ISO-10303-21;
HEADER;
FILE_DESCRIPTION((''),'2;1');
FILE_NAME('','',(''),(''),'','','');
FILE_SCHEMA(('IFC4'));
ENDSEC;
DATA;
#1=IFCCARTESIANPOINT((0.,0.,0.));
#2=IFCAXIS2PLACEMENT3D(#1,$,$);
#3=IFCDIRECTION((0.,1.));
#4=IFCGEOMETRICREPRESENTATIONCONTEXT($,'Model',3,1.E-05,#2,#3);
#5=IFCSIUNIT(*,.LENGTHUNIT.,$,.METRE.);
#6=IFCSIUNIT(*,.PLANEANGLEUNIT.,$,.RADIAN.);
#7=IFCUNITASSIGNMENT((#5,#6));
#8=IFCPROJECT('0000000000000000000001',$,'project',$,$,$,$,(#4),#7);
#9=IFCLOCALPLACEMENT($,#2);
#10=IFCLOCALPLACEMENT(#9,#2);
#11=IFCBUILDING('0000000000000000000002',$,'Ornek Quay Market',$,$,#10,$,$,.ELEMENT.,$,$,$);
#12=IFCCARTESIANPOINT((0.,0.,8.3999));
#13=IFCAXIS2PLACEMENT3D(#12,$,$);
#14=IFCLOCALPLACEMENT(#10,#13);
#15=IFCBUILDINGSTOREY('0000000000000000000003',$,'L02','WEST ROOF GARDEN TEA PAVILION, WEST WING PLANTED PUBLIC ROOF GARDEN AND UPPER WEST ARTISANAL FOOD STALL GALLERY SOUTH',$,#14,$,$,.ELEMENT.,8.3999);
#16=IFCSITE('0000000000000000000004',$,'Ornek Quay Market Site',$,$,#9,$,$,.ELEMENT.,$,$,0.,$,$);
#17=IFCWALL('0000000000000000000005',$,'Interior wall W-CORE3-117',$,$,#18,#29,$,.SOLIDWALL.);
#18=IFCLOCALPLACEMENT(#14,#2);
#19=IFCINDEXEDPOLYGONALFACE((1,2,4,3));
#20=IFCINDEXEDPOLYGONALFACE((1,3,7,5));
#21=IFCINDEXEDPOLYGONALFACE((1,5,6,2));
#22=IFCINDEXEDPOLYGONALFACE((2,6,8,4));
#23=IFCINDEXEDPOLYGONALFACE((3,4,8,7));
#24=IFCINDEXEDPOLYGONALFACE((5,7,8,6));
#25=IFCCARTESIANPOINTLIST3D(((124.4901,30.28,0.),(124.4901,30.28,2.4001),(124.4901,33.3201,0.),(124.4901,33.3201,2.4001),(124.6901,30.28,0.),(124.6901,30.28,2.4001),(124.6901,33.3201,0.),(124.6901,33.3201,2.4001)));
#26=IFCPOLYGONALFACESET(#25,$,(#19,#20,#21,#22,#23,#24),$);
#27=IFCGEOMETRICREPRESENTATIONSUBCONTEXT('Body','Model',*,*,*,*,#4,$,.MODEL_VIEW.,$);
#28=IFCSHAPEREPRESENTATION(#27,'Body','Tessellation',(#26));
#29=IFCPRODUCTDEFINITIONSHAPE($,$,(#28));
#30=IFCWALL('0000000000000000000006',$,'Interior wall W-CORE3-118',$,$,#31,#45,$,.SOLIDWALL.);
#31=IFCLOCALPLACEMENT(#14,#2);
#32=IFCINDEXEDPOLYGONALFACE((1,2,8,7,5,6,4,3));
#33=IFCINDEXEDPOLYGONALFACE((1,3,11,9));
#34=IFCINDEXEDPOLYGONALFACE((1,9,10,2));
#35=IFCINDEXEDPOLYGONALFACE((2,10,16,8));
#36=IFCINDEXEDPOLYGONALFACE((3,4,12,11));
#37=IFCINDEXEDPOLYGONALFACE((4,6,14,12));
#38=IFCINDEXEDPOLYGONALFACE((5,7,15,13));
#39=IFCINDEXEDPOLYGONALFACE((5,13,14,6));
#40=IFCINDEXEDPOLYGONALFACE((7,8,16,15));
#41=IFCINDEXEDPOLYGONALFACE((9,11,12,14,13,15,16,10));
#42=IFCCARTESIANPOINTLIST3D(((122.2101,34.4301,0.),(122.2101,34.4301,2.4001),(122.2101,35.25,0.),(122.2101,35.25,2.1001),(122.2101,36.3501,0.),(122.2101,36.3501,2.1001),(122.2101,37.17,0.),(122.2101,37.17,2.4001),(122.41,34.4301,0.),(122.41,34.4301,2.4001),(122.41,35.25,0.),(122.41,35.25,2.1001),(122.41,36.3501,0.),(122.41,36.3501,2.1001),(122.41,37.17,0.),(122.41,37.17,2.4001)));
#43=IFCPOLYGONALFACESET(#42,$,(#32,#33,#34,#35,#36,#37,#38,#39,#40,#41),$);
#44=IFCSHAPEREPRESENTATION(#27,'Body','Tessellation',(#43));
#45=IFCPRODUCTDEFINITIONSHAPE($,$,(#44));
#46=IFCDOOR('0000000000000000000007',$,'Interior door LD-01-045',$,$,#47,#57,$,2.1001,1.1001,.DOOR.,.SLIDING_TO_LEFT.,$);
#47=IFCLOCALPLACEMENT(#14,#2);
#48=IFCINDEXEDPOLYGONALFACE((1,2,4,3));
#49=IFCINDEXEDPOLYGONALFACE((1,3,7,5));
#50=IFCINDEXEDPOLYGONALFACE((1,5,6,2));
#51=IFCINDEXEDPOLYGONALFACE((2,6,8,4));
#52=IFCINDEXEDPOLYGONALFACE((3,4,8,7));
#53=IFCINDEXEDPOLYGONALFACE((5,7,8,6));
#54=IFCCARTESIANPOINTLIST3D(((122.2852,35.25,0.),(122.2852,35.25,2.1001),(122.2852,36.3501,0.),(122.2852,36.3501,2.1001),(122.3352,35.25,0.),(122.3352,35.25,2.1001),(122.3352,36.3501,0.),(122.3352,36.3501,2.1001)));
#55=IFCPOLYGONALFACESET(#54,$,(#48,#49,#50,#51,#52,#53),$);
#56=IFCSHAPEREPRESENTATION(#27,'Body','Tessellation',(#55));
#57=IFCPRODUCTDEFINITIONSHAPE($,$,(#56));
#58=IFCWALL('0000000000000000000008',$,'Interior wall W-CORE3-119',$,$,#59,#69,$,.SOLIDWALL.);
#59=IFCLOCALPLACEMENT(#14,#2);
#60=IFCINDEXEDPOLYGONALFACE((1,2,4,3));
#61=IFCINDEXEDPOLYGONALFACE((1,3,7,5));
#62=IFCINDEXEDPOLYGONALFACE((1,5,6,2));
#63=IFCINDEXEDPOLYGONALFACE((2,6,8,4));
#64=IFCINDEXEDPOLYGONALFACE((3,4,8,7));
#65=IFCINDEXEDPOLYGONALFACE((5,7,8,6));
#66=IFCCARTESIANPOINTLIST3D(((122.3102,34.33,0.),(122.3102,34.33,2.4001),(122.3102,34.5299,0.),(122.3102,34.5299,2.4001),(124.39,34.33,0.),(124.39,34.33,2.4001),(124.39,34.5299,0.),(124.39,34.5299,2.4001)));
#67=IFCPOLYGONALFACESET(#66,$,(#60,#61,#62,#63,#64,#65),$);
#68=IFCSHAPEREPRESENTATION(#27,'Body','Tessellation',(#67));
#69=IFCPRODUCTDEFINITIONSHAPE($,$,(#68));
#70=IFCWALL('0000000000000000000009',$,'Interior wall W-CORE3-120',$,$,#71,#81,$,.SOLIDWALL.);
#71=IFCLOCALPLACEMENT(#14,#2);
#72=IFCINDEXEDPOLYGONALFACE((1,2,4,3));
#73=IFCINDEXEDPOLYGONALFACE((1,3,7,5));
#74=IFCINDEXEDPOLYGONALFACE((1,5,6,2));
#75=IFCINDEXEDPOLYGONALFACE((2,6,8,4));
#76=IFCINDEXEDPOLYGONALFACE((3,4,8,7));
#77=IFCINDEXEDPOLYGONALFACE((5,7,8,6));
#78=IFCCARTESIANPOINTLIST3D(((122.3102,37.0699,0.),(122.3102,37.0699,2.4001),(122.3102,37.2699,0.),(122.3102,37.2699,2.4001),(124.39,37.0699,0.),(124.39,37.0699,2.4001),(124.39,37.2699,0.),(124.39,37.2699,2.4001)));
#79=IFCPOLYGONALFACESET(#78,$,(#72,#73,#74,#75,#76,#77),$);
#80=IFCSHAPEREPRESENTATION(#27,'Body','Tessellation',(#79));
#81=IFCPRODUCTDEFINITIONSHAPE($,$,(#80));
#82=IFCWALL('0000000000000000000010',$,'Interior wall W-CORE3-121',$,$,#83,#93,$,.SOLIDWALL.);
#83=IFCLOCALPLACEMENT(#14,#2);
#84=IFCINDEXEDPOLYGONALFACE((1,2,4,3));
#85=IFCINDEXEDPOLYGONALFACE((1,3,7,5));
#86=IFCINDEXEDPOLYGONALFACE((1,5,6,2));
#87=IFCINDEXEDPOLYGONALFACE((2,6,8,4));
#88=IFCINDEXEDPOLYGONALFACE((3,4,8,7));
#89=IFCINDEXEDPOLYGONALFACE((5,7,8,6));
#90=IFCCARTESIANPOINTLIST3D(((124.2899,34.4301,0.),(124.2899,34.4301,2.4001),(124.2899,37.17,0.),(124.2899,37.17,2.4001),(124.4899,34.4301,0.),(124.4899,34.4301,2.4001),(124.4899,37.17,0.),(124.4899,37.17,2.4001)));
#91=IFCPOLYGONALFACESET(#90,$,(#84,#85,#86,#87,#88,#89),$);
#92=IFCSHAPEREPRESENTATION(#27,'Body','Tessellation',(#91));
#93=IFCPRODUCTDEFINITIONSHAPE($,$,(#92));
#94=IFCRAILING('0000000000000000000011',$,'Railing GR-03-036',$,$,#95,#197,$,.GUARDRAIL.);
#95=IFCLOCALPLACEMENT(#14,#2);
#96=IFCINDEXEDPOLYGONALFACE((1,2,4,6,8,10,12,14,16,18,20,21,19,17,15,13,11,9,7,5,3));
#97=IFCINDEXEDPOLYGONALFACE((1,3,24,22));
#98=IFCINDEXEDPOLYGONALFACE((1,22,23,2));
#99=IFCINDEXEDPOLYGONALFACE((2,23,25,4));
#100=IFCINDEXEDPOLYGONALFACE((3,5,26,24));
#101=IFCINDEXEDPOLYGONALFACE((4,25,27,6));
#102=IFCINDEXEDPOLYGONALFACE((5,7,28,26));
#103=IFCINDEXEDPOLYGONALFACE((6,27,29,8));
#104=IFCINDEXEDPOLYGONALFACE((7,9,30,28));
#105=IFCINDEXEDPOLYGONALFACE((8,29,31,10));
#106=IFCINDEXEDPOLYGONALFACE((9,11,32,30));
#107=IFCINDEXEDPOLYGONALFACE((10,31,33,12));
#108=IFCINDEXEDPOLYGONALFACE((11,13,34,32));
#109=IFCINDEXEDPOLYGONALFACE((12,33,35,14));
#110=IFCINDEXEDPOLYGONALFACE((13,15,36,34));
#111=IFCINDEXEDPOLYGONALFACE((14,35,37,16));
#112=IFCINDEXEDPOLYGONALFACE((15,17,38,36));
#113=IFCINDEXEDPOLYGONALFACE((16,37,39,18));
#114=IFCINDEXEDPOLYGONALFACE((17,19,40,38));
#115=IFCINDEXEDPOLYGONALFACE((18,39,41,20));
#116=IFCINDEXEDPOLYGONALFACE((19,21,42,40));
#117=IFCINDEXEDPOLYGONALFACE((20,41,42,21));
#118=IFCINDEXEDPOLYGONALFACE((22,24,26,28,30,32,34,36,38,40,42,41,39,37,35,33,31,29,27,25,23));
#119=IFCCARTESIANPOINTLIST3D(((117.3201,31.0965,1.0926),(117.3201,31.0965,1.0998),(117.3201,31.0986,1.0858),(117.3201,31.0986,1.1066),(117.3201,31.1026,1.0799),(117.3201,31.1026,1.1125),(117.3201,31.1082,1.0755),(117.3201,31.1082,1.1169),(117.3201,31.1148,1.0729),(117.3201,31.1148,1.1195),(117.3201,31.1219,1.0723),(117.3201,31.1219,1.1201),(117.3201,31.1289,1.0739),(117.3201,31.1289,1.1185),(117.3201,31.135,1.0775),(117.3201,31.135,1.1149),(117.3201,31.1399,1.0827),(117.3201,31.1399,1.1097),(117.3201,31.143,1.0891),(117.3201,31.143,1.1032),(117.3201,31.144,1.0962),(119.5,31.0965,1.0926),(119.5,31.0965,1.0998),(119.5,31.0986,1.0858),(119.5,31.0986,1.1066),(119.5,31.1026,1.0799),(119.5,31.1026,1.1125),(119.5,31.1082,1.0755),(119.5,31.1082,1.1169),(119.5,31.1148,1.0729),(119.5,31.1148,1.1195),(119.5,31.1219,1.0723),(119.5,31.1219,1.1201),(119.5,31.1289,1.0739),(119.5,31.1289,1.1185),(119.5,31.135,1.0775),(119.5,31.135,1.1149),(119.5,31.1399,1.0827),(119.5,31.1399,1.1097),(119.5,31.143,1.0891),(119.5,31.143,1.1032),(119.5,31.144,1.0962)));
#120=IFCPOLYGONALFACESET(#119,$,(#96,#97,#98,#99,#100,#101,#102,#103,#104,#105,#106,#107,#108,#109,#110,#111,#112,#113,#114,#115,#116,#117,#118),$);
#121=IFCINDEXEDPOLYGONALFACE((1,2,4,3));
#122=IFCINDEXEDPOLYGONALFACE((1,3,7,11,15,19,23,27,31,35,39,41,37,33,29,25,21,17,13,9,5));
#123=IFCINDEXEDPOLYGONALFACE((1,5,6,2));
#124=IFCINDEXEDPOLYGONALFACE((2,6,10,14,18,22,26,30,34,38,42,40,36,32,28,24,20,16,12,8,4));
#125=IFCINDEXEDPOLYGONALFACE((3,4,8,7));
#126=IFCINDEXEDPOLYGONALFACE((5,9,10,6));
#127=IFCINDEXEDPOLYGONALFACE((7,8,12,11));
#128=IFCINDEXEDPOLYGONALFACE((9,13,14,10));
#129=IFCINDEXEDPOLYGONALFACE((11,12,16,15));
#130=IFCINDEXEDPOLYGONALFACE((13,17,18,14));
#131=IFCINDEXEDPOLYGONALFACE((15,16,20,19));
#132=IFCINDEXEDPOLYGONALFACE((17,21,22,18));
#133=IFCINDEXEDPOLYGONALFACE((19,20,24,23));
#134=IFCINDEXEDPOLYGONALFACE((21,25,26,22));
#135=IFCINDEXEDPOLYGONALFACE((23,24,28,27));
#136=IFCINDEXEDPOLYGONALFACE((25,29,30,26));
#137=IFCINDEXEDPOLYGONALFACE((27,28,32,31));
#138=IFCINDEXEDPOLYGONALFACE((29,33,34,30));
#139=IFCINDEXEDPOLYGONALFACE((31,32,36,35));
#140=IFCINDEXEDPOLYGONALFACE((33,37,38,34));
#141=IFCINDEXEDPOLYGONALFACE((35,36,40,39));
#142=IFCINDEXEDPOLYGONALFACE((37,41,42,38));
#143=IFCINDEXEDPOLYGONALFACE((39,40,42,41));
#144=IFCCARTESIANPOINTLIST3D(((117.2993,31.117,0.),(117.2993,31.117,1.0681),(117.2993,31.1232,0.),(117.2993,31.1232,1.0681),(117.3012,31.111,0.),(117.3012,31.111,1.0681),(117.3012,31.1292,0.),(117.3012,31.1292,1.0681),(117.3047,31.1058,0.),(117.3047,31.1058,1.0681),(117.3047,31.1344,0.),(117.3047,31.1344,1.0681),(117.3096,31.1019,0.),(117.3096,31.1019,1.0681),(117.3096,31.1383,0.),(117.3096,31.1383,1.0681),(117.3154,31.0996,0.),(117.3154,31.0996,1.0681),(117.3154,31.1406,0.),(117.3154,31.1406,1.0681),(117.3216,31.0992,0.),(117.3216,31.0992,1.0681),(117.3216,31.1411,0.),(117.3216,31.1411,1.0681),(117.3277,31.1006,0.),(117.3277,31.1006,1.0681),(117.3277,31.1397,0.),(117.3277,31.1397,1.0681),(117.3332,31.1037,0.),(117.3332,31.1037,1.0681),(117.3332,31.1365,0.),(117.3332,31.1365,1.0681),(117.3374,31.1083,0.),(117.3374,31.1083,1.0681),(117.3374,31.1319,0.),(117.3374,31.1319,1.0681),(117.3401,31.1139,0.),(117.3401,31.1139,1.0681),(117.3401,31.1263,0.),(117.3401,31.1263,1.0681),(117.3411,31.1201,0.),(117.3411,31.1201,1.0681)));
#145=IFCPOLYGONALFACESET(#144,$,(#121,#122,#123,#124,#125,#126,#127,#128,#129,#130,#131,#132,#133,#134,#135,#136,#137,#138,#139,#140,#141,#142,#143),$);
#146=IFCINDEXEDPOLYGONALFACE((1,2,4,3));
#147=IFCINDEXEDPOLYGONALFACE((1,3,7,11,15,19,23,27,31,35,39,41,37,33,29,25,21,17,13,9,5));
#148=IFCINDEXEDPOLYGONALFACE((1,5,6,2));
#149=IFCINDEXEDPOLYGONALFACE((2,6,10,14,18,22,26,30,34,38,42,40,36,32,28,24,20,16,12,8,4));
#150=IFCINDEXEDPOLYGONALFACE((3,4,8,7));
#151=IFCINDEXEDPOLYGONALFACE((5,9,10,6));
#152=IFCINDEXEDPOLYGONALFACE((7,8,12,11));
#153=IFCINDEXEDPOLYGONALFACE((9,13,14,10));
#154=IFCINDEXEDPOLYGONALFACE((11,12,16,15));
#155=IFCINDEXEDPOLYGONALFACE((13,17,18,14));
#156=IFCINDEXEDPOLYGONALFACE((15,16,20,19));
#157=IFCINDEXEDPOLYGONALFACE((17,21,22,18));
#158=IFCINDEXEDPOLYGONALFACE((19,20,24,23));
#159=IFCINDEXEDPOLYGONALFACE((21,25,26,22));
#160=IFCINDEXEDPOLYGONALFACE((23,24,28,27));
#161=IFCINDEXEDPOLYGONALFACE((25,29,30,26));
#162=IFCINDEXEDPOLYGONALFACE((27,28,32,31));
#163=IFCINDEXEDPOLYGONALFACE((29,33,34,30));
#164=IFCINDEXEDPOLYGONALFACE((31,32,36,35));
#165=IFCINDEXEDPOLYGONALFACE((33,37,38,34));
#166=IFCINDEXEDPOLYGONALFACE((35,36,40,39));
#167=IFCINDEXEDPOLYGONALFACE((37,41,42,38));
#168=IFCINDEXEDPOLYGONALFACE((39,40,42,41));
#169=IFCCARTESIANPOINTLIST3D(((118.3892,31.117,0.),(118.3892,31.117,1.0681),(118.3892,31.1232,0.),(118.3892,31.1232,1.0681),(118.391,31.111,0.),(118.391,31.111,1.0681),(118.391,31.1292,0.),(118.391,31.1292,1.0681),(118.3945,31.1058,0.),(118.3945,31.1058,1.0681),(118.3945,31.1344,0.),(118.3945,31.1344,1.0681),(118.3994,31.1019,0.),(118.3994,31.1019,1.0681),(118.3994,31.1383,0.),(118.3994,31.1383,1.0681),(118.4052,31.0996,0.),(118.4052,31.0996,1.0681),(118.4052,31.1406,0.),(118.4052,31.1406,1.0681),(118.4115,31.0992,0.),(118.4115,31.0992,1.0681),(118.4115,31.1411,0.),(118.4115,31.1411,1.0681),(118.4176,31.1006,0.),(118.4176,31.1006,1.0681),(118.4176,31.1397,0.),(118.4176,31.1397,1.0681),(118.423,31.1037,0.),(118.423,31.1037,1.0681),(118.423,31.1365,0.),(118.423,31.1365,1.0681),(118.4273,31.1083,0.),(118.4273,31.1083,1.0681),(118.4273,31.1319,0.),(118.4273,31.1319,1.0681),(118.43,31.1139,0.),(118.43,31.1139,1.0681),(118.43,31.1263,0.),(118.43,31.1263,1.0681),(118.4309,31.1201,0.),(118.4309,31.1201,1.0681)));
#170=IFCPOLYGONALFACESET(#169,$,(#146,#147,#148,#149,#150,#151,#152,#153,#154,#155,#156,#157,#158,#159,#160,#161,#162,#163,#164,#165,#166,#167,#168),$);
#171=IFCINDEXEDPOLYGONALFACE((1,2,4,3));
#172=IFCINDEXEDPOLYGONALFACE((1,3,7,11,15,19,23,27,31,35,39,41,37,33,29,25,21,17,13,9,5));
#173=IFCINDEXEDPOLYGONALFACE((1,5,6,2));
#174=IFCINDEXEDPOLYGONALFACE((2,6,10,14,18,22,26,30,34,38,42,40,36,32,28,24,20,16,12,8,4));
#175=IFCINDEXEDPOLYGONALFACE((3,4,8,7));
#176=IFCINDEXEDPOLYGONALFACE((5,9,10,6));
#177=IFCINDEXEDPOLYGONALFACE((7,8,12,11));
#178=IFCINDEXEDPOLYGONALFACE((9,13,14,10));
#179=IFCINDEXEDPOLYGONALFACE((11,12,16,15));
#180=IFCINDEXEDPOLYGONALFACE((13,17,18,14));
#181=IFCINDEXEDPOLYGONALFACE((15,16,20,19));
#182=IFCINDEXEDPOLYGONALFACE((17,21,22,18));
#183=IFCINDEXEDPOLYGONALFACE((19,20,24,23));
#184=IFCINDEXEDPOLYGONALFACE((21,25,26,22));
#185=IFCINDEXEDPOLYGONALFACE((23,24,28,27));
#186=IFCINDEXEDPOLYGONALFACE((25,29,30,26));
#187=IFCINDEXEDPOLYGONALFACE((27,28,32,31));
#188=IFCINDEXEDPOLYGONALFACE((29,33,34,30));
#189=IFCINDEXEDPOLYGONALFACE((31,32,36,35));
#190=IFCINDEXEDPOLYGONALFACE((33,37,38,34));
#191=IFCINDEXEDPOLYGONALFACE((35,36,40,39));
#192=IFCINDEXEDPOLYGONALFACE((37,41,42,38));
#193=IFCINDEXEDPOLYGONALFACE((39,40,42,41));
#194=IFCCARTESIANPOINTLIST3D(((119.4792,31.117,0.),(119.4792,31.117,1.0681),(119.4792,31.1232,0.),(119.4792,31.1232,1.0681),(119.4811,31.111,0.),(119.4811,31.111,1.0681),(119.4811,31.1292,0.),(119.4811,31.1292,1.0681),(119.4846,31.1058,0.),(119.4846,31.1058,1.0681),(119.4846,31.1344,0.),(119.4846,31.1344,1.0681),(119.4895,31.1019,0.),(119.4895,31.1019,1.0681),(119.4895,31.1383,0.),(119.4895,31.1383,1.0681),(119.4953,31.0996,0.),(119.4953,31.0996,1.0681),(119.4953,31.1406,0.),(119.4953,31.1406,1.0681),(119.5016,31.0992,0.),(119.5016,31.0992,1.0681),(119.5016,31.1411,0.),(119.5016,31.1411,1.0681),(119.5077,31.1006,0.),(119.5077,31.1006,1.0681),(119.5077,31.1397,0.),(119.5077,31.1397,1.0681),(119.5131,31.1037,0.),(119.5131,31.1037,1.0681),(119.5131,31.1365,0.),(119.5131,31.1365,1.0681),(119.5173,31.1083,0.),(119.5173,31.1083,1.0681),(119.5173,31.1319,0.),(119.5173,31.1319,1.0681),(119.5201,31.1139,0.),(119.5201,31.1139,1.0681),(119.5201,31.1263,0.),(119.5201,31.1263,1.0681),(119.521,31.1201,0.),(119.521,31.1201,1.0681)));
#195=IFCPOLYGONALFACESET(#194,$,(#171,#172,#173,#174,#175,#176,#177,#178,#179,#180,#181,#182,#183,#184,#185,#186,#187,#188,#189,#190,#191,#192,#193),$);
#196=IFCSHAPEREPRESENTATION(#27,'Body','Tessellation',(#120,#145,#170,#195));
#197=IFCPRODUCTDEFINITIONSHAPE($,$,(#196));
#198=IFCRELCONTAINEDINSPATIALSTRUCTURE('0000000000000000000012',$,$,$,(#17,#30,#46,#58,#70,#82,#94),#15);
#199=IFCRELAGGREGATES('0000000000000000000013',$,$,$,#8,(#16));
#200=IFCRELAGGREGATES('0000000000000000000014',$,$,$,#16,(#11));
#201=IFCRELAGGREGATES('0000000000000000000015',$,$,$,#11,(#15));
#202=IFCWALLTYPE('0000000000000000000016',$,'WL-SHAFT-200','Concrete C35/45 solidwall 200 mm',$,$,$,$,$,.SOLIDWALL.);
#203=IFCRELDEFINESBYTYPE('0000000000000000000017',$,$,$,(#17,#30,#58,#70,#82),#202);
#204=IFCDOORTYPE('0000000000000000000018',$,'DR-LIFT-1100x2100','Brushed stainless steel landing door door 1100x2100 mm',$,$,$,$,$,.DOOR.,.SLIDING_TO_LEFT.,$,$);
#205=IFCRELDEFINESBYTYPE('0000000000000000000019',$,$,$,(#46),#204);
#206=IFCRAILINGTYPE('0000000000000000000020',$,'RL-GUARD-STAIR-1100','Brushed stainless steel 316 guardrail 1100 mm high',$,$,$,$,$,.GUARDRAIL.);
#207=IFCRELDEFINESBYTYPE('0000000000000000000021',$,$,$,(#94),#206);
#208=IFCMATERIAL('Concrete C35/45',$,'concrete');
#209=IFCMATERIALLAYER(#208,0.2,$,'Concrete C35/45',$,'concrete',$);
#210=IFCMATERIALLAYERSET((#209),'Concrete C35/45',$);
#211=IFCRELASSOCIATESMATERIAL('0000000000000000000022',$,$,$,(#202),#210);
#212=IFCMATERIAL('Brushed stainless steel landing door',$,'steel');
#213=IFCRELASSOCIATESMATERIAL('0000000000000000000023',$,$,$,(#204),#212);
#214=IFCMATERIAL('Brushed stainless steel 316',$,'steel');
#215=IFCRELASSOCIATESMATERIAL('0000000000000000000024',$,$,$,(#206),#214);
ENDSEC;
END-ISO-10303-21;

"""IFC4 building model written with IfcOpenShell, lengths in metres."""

from ifc_helpers import new_model, si_unit, direction, frame, frame_2d, origin, origin_2d, place, context, subcontext, project, spatial, rectangle, circle, extrude, material, layer, layer_set, type_object, element, fill, save


model = new_model("IFC4")

# Units and contexts
model_context = context("Model", 3, precision=1e-05, world=origin(), true_north=direction((0.0, 1.0)))
body_context = subcontext(model_context, "Body", "Model", "MODEL_VIEW")
ifc_project = project(units=[si_unit("LENGTHUNIT", "METRE"), si_unit("PLANEANGLEUNIT", "RADIAN")], contexts=[model_context])

# Site, building, storey
site_placement = place(None, origin())
site = spatial("IfcSite", under=ifc_project, at=site_placement, Name="Ornek Quay Market Site", CompositionType="ELEMENT", RefElevation=0.0)
building_placement = place(site_placement, origin())
building = spatial("IfcBuilding", under=site, at=building_placement, Name="Ornek Quay Market", CompositionType="ELEMENT")
storey_placement = place(building_placement, frame((0.0, 0.0, 8.3999)))
storey = spatial("IfcBuildingStorey", under=building, at=storey_placement, Name="L02", Description="WEST ROOF GARDEN TEA PAVILION, WEST WING PLANTED PUBLIC ROOF GARDEN AND UPPER WEST ARTISANAL FOOD STALL GALLERY SOUTH", CompositionType="ELEMENT", Elevation=8.3999)

# Shared definitions
ifc_material_1 = material(Name="Concrete C35/45", Category="concrete")
ifc_layer_1 = layer(ifc_material_1, 0.2, Name="Concrete C35/45", Category="concrete")
ifc_layer_set_1 = layer_set([ifc_layer_1], Name="Concrete C35/45")
wall_type_1 = type_object("IfcWallType", Name="WL-SHAFT-200", Description="Concrete C35/45 solidwall 200 mm", PredefinedType="SOLIDWALL", material=ifc_layer_set_1)

# Wall
wall_1_placement = place(storey_placement, frame((124.5901, 30.28, 0.0), z_axis=(0.0, 0.0, 1.0), x_axis=(0.0, 1.0, 0.0)))
element("IfcWall", 1, at=wall_1_placement, inside=storey, type_object=wall_type_1, Name="Interior wall W-CORE3-117", PredefinedType="SOLIDWALL", context=body_context, shape_type="SweptSolid", body=[
    extrude(rectangle(XDim=3.04, YDim=0.2, at=frame_2d((1.52, 0.0))), origin(), (0.0, 0.0, 1.0), 2.4001),
])

# Wall, opening, door
wall_2_placement = place(storey_placement, frame((122.3101, 34.4299, 0.0), z_axis=(0.0, 0.0, 1.0), x_axis=(0.0, 1.0, 0.0)))
wall_2 = element("IfcWall", 2, at=wall_2_placement, inside=storey, type_object=wall_type_1, Name="Interior wall W-CORE3-118", PredefinedType="SOLIDWALL", context=body_context, shape_type="SweptSolid", body=[
    extrude(rectangle(XDim=2.74, YDim=0.2, at=frame_2d((1.3701, 0.0))), origin(), (0.0, 0.0, 1.0), 2.4001),
])
opening_1_placement = place(wall_2_placement, frame((0.8201, 0.0, 0.0)))
opening_1 = element("IfcOpeningElement", 3, at=opening_1_placement, cuts=wall_2, PredefinedType="OPENING", context=body_context, shape_type="SweptSolid", body=[
    extrude(rectangle(XDim=1.1001, YDim=2.1001, at=frame_2d((0.55, 1.05))), frame((0.0, 0.1099, 0.0), z_axis=(0.0, -1.0, 0.0), x_axis=(1.0, 0.0, 0.0)), (0.0, 0.0, 1.0), 0.22),
])
ifc_material_2 = material(Name="Brushed stainless steel landing door", Category="steel")
door_type_1 = type_object("IfcDoorType", Name="DR-LIFT-1100x2100", Description="Brushed stainless steel landing door door 1100x2100 mm", OperationType="SLIDING_TO_LEFT", PredefinedType="DOOR", material=ifc_material_2)
door_1_placement = place(opening_1_placement, origin())
door_1 = element("IfcDoor", 4, at=door_1_placement, inside=storey, type_object=door_type_1, Name="Interior door LD-01-045", OperationType="SLIDING_TO_LEFT", OverallHeight=2.1001, OverallWidth=1.1001, PredefinedType="DOOR", context=body_context, shape_type="SweptSolid", body=[
    extrude(rectangle(XDim=1.1001, YDim=2.1001, at=frame_2d((0.55, 1.05))), frame((0.0, 0.0249, 0.0), z_axis=(0.0, -1.0, 0.0), x_axis=(1.0, 0.0, 0.0)), (0.0, 0.0, 1.0), 0.05),
])
fill(opening_1, door_1)

# Walls
for number, where, z_axis, x_axis, name in (
    (5, (122.3101, 34.4299, 0.0), (0.0, 0.0, 1.0), (1.0, 0.0, 0.0), "Interior wall W-CORE3-119"),
    (6, (122.3101, 37.1699, 0.0), (0.0, 0.0, 1.0), (1.0, 0.0, 0.0), "Interior wall W-CORE3-120"),
):
    element("IfcWall", number, at=place(storey_placement, frame(where, z_axis=z_axis, x_axis=x_axis)), inside=storey, type_object=wall_type_1, Name=name, PredefinedType="SOLIDWALL", context=body_context, shape_type="SweptSolid", body=[
        extrude(rectangle(XDim=2.0798, YDim=0.2, at=frame_2d((1.04, 0.0))), origin(), (0.0, 0.0, 1.0), 2.4001),
    ])
wall_3_placement = place(storey_placement, frame((124.3899, 34.4299, 0.0), z_axis=(0.0, 0.0, 1.0), x_axis=(0.0, 1.0, 0.0)))
element("IfcWall", 7, at=wall_3_placement, inside=storey, type_object=wall_type_1, Name="Interior wall W-CORE3-121", PredefinedType="SOLIDWALL", context=body_context, shape_type="SweptSolid", body=[
    extrude(rectangle(XDim=2.74, YDim=0.2, at=frame_2d((1.3701, 0.0))), origin(), (0.0, 0.0, 1.0), 2.4001),
])

# Railing
ifc_material_3 = material(Name="Brushed stainless steel 316", Category="steel")
railing_type = type_object("IfcRailingType", Name="RL-GUARD-STAIR-1100", Description="Brushed stainless steel 316 guardrail 1100 mm high", PredefinedType="GUARDRAIL", material=ifc_material_3)
railing_placement = place(storey_placement, frame((117.3201, 31.1201, 0.0)))
element("IfcRailing", 8, at=railing_placement, inside=storey, type_object=railing_type, Name="Railing GR-03-036", PredefinedType="GUARDRAIL", context=body_context, shape_type="SweptSolid", body=[
    extrude(circle(Radius=0.0239, at=origin_2d()), frame((0.0, 0.0, 1.0962), z_axis=(1.0, 0.0, 0.0), x_axis=(0.0, 1.0, 0.0)), (0.0, 0.0, 1.0), 2.1799),
    extrude(circle(Radius=0.021, at=origin_2d()), origin(), (0.0, 0.0, 1.0), 1.0681),
    extrude(circle(Radius=0.021, at=origin_2d()), frame((1.0898, 0.0, 0.0)), (0.0, 0.0, 1.0), 1.0681),
    extrude(circle(Radius=0.021, at=origin_2d()), frame((2.1799, 0.0, 0.0)), (0.0, 0.0, 1.0), 1.0681),
])

save(model, "model.ifc")
